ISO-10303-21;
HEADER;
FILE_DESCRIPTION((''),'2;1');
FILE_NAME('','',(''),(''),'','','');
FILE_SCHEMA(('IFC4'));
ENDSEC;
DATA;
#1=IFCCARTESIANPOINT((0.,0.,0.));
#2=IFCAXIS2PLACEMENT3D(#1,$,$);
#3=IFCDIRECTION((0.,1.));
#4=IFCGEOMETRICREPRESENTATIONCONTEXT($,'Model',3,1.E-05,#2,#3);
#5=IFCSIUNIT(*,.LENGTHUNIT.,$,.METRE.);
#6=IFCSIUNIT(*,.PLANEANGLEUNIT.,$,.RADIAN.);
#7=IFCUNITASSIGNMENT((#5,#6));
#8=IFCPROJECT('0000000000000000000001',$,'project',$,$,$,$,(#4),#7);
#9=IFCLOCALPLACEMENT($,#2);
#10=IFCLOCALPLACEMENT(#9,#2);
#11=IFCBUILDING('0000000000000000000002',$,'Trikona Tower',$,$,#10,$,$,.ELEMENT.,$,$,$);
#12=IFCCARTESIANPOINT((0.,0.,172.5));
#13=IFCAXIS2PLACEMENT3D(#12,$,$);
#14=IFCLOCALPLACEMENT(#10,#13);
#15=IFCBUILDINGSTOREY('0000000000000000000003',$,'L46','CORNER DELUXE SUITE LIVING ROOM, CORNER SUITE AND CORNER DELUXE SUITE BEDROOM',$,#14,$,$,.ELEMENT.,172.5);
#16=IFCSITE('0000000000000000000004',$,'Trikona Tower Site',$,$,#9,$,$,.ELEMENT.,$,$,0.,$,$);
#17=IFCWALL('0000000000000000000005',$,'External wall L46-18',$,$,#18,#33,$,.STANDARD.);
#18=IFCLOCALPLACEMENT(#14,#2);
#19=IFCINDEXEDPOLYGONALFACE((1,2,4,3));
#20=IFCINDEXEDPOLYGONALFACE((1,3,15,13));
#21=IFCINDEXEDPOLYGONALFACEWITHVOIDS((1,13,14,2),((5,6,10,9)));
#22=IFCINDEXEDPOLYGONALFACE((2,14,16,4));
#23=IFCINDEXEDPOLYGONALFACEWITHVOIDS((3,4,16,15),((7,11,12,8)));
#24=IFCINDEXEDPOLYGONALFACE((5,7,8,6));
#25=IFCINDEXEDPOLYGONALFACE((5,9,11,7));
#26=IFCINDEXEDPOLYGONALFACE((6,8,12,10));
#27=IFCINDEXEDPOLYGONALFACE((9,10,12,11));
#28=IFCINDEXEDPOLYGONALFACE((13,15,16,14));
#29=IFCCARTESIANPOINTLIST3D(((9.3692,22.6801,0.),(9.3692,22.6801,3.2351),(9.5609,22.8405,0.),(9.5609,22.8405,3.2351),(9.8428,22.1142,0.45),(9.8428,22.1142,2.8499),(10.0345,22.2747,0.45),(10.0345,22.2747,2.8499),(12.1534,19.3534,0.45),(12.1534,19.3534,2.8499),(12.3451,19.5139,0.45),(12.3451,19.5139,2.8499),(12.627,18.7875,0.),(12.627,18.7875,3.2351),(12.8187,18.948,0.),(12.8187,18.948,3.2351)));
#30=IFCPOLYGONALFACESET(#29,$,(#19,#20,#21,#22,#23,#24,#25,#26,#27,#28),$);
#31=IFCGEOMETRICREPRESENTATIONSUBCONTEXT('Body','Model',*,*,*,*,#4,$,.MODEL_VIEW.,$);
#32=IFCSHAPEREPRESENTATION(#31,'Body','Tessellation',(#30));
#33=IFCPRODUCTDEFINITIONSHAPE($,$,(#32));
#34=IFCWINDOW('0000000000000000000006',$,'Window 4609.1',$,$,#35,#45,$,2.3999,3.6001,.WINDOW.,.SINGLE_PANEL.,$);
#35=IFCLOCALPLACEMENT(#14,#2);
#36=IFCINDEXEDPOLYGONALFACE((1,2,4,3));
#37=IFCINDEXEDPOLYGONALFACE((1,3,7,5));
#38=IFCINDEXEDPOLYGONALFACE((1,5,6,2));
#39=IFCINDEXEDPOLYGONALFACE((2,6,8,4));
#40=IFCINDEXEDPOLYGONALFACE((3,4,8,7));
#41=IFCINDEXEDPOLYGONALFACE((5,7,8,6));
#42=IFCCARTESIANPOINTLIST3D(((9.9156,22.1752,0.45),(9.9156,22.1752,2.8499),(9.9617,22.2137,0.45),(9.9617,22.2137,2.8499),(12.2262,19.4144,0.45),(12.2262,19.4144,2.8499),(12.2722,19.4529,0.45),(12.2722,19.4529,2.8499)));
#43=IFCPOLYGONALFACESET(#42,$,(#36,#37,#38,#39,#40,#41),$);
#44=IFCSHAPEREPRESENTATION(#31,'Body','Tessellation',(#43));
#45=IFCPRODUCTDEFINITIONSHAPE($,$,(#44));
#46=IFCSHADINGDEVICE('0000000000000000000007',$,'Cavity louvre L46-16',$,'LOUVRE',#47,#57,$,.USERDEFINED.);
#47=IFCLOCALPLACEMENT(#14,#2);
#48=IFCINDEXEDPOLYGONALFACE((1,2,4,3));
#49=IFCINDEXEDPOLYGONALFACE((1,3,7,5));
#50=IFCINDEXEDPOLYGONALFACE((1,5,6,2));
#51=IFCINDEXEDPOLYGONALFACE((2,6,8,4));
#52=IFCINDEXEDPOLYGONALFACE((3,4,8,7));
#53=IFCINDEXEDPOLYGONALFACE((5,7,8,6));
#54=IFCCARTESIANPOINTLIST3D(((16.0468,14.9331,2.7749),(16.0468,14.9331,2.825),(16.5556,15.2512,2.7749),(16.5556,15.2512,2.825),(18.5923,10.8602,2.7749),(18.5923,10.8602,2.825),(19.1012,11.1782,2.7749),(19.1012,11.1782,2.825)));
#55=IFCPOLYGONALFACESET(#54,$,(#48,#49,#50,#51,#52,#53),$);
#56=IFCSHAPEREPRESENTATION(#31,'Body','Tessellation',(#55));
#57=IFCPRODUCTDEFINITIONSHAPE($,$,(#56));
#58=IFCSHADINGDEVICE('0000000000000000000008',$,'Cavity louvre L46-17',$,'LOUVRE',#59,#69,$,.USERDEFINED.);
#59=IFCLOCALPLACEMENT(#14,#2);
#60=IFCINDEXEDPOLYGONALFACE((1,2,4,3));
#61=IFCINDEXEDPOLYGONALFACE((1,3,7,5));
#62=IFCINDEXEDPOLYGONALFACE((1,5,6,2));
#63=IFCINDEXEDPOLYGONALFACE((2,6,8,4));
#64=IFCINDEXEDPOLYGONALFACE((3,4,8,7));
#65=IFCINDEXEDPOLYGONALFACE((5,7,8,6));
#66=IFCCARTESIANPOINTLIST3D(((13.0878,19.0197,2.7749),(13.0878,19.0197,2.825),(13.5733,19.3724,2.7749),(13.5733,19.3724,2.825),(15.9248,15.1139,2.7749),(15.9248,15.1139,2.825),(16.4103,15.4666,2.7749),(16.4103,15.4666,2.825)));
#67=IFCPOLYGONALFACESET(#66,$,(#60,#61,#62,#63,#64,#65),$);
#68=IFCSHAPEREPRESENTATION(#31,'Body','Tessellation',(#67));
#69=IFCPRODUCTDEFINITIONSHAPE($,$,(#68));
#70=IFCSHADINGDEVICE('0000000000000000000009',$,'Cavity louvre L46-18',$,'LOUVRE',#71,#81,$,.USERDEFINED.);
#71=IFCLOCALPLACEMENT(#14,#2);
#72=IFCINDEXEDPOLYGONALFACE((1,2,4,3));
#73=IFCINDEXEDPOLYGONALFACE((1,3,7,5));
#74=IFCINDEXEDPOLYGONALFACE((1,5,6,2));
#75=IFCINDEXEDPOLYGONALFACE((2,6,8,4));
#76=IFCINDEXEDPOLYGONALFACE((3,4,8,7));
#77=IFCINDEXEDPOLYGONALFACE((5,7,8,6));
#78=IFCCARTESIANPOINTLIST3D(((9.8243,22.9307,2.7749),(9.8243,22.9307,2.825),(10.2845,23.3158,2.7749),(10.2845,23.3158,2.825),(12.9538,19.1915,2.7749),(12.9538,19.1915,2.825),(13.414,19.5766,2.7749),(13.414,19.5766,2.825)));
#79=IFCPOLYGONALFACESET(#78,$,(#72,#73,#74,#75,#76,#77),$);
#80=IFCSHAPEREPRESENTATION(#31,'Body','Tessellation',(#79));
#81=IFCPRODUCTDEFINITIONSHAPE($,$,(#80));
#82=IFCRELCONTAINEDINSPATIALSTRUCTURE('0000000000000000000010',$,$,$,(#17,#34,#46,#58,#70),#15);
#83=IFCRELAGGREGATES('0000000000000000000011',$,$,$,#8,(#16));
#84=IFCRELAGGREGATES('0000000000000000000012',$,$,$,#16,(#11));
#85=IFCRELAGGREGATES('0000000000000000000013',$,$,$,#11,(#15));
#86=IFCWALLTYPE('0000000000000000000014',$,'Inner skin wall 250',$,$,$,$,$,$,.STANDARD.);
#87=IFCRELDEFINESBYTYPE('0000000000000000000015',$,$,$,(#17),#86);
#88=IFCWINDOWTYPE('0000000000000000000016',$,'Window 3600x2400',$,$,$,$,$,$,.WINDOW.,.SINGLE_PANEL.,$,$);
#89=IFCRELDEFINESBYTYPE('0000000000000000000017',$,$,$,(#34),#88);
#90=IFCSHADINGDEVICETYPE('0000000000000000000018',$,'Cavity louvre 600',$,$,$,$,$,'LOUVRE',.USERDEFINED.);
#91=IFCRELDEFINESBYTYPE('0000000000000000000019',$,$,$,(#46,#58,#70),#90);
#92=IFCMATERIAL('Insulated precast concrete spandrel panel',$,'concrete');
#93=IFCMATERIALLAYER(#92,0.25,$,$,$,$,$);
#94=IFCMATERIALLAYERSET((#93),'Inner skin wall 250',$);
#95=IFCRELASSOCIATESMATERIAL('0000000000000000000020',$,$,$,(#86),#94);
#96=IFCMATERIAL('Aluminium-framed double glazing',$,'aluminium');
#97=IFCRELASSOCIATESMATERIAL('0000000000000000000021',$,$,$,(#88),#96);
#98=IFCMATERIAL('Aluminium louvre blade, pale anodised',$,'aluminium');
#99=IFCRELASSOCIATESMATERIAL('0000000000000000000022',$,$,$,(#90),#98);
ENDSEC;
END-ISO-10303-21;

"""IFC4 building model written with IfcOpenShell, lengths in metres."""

from ifc_helpers import new_model, si_unit, direction, frame, frame_2d, origin, origin_2d, place, context, subcontext, project, spatial, rectangle, extrude, material, layer, layer_set, type_object, element, fill, save


model = new_model("IFC4")

# Units and contexts
model_context = context("Model", 3, precision=1e-05, world=origin(), true_north=direction((0.0, 1.0)))
body_context = subcontext(model_context, "Body", "Model", "MODEL_VIEW")
ifc_project = project(units=[si_unit("LENGTHUNIT", "METRE"), si_unit("PLANEANGLEUNIT", "RADIAN")], contexts=[model_context])

# Site, building, storey
site_placement = place(None, origin())
site = spatial("IfcSite", under=ifc_project, at=site_placement, Name="Trikona Tower Site", CompositionType="ELEMENT", RefElevation=0.0)
building_placement = place(site_placement, origin())
building = spatial("IfcBuilding", under=site, at=building_placement, Name="Trikona Tower", CompositionType="ELEMENT")
storey_placement = place(building_placement, frame((0.0, 0.0, 172.5)))
storey = spatial("IfcBuildingStorey", under=building, at=storey_placement, Name="L46", Description="CORNER DELUXE SUITE LIVING ROOM, CORNER SUITE AND CORNER DELUXE SUITE BEDROOM", CompositionType="ELEMENT", Elevation=172.5)

# Wall, opening, window
ifc_material_1 = material(Name="Insulated precast concrete spandrel panel", Category="concrete")
ifc_layer_1 = layer(ifc_material_1, 0.25)
ifc_layer_set_1 = layer_set([ifc_layer_1], Name="Inner skin wall 250")
wall_type = type_object("IfcWallType", Name="Inner skin wall 250", PredefinedType="STANDARD", material=ifc_layer_set_1)
wall_1_placement = place(storey_placement, frame((12.7229, 18.8677, 0.0), z_axis=(0.0, 0.0, 1.0), x_axis=(-0.64181, 0.766863, 0.0)))
wall_1 = element("IfcWall", 1, at=wall_1_placement, inside=storey, type_object=wall_type, Name="External wall L46-18", PredefinedType="STANDARD", context=body_context, shape_type="SweptSolid", body=[
    extrude(rectangle(XDim=5.0759, YDim=0.25, at=frame_2d((2.5381, 0.0))), origin(), (0.0, 0.0, 1.0), 3.2351),
])
opening_1_placement = place(wall_1_placement, frame((0.738, 0.0, 0.45)))
opening_1 = element("IfcOpeningElement", 2, at=opening_1_placement, cuts=wall_1, PredefinedType="OPENING", context=body_context, shape_type="SweptSolid", body=[
    extrude(rectangle(XDim=3.6001, YDim=2.3999, at=frame_2d((1.8, 1.2))), frame((0.0, 0.135, 0.0), z_axis=(0.0, -1.0, 0.0), x_axis=(1.0, 0.0, 0.0)), (0.0, 0.0, 1.0), 0.27),
])
ifc_material_2 = material(Name="Aluminium-framed double glazing", Category="aluminium")
window_type_1 = type_object("IfcWindowType", Name="Window 3600x2400", PartitioningType="SINGLE_PANEL", PredefinedType="WINDOW", material=ifc_material_2)
window_1_placement = place(opening_1_placement, origin())
window_1 = element("IfcWindow", 3, at=window_1_placement, inside=storey, type_object=window_type_1, Name="Window 4609.1", OverallHeight=2.3999, OverallWidth=3.6001, PartitioningType="SINGLE_PANEL", PredefinedType="WINDOW", context=body_context, shape_type="SweptSolid", body=[
    extrude(rectangle(XDim=3.6001, YDim=2.3999, at=frame_2d((1.8, 1.2))), frame((0.0, 0.03, 0.0), z_axis=(0.0, -1.0, 0.0), x_axis=(1.0, 0.0, 0.0)), (0.0, 0.0, 1.0), 0.0601),
])
fill(opening_1, window_1)

# Shading devices
ifc_material_3 = material(Name="Aluminium louvre blade, pale anodised", Category="aluminium")
shading_device_type = type_object("IfcShadingDeviceType", Name="Cavity louvre 600", ElementType="LOUVRE", PredefinedType="USERDEFINED", material=ifc_material_3)
shading_device_1_placement = place(storey_placement, frame((17.574, 13.0557, 2.7749), z_axis=(0.0, 0.0, 1.0), x_axis=(-0.529995, 0.848001, 0.0)))
element("IfcShadingDevice", 4, at=shading_device_1_placement, inside=storey, type_object=shading_device_type, Name="Cavity louvre L46-16", ObjectType="LOUVRE", PredefinedType="USERDEFINED", context=body_context, shape_type="SweptSolid", body=[
    extrude(rectangle(XDim=4.803, YDim=0.6001, at=origin_2d()), origin(), (0.0, 0.0, 1.0), 0.05),
])
shading_device_2_placement = place(storey_placement, frame((14.749, 17.2432, 2.7749), z_axis=(0.0, 0.0, 1.0), x_axis=(-0.587686, 0.809089, 0.0)))
element("IfcShadingDevice", 5, at=shading_device_2_placement, inside=storey, type_object=shading_device_type, Name="Cavity louvre L46-17", ObjectType="LOUVRE", PredefinedType="USERDEFINED", context=body_context, shape_type="SweptSolid", body=[
    extrude(rectangle(XDim=4.8274, YDim=0.6001, at=origin_2d()), origin(), (0.0, 0.0, 1.0), 0.05),
])
shading_device_3_placement = place(storey_placement, frame((11.6191, 21.2537, 2.7749), z_axis=(0.0, 0.0, 1.0), x_axis=(-0.641807, 0.766866, 0.0)))
element("IfcShadingDevice", 6, at=shading_device_3_placement, inside=storey, type_object=shading_device_type, Name="Cavity louvre L46-18", ObjectType="LOUVRE", PredefinedType="USERDEFINED", context=body_context, shape_type="SweptSolid", body=[
    extrude(rectangle(XDim=4.876, YDim=0.6001, at=origin_2d()), origin(), (0.0, 0.0, 1.0), 0.05),
])

save(model, "model.ifc")
